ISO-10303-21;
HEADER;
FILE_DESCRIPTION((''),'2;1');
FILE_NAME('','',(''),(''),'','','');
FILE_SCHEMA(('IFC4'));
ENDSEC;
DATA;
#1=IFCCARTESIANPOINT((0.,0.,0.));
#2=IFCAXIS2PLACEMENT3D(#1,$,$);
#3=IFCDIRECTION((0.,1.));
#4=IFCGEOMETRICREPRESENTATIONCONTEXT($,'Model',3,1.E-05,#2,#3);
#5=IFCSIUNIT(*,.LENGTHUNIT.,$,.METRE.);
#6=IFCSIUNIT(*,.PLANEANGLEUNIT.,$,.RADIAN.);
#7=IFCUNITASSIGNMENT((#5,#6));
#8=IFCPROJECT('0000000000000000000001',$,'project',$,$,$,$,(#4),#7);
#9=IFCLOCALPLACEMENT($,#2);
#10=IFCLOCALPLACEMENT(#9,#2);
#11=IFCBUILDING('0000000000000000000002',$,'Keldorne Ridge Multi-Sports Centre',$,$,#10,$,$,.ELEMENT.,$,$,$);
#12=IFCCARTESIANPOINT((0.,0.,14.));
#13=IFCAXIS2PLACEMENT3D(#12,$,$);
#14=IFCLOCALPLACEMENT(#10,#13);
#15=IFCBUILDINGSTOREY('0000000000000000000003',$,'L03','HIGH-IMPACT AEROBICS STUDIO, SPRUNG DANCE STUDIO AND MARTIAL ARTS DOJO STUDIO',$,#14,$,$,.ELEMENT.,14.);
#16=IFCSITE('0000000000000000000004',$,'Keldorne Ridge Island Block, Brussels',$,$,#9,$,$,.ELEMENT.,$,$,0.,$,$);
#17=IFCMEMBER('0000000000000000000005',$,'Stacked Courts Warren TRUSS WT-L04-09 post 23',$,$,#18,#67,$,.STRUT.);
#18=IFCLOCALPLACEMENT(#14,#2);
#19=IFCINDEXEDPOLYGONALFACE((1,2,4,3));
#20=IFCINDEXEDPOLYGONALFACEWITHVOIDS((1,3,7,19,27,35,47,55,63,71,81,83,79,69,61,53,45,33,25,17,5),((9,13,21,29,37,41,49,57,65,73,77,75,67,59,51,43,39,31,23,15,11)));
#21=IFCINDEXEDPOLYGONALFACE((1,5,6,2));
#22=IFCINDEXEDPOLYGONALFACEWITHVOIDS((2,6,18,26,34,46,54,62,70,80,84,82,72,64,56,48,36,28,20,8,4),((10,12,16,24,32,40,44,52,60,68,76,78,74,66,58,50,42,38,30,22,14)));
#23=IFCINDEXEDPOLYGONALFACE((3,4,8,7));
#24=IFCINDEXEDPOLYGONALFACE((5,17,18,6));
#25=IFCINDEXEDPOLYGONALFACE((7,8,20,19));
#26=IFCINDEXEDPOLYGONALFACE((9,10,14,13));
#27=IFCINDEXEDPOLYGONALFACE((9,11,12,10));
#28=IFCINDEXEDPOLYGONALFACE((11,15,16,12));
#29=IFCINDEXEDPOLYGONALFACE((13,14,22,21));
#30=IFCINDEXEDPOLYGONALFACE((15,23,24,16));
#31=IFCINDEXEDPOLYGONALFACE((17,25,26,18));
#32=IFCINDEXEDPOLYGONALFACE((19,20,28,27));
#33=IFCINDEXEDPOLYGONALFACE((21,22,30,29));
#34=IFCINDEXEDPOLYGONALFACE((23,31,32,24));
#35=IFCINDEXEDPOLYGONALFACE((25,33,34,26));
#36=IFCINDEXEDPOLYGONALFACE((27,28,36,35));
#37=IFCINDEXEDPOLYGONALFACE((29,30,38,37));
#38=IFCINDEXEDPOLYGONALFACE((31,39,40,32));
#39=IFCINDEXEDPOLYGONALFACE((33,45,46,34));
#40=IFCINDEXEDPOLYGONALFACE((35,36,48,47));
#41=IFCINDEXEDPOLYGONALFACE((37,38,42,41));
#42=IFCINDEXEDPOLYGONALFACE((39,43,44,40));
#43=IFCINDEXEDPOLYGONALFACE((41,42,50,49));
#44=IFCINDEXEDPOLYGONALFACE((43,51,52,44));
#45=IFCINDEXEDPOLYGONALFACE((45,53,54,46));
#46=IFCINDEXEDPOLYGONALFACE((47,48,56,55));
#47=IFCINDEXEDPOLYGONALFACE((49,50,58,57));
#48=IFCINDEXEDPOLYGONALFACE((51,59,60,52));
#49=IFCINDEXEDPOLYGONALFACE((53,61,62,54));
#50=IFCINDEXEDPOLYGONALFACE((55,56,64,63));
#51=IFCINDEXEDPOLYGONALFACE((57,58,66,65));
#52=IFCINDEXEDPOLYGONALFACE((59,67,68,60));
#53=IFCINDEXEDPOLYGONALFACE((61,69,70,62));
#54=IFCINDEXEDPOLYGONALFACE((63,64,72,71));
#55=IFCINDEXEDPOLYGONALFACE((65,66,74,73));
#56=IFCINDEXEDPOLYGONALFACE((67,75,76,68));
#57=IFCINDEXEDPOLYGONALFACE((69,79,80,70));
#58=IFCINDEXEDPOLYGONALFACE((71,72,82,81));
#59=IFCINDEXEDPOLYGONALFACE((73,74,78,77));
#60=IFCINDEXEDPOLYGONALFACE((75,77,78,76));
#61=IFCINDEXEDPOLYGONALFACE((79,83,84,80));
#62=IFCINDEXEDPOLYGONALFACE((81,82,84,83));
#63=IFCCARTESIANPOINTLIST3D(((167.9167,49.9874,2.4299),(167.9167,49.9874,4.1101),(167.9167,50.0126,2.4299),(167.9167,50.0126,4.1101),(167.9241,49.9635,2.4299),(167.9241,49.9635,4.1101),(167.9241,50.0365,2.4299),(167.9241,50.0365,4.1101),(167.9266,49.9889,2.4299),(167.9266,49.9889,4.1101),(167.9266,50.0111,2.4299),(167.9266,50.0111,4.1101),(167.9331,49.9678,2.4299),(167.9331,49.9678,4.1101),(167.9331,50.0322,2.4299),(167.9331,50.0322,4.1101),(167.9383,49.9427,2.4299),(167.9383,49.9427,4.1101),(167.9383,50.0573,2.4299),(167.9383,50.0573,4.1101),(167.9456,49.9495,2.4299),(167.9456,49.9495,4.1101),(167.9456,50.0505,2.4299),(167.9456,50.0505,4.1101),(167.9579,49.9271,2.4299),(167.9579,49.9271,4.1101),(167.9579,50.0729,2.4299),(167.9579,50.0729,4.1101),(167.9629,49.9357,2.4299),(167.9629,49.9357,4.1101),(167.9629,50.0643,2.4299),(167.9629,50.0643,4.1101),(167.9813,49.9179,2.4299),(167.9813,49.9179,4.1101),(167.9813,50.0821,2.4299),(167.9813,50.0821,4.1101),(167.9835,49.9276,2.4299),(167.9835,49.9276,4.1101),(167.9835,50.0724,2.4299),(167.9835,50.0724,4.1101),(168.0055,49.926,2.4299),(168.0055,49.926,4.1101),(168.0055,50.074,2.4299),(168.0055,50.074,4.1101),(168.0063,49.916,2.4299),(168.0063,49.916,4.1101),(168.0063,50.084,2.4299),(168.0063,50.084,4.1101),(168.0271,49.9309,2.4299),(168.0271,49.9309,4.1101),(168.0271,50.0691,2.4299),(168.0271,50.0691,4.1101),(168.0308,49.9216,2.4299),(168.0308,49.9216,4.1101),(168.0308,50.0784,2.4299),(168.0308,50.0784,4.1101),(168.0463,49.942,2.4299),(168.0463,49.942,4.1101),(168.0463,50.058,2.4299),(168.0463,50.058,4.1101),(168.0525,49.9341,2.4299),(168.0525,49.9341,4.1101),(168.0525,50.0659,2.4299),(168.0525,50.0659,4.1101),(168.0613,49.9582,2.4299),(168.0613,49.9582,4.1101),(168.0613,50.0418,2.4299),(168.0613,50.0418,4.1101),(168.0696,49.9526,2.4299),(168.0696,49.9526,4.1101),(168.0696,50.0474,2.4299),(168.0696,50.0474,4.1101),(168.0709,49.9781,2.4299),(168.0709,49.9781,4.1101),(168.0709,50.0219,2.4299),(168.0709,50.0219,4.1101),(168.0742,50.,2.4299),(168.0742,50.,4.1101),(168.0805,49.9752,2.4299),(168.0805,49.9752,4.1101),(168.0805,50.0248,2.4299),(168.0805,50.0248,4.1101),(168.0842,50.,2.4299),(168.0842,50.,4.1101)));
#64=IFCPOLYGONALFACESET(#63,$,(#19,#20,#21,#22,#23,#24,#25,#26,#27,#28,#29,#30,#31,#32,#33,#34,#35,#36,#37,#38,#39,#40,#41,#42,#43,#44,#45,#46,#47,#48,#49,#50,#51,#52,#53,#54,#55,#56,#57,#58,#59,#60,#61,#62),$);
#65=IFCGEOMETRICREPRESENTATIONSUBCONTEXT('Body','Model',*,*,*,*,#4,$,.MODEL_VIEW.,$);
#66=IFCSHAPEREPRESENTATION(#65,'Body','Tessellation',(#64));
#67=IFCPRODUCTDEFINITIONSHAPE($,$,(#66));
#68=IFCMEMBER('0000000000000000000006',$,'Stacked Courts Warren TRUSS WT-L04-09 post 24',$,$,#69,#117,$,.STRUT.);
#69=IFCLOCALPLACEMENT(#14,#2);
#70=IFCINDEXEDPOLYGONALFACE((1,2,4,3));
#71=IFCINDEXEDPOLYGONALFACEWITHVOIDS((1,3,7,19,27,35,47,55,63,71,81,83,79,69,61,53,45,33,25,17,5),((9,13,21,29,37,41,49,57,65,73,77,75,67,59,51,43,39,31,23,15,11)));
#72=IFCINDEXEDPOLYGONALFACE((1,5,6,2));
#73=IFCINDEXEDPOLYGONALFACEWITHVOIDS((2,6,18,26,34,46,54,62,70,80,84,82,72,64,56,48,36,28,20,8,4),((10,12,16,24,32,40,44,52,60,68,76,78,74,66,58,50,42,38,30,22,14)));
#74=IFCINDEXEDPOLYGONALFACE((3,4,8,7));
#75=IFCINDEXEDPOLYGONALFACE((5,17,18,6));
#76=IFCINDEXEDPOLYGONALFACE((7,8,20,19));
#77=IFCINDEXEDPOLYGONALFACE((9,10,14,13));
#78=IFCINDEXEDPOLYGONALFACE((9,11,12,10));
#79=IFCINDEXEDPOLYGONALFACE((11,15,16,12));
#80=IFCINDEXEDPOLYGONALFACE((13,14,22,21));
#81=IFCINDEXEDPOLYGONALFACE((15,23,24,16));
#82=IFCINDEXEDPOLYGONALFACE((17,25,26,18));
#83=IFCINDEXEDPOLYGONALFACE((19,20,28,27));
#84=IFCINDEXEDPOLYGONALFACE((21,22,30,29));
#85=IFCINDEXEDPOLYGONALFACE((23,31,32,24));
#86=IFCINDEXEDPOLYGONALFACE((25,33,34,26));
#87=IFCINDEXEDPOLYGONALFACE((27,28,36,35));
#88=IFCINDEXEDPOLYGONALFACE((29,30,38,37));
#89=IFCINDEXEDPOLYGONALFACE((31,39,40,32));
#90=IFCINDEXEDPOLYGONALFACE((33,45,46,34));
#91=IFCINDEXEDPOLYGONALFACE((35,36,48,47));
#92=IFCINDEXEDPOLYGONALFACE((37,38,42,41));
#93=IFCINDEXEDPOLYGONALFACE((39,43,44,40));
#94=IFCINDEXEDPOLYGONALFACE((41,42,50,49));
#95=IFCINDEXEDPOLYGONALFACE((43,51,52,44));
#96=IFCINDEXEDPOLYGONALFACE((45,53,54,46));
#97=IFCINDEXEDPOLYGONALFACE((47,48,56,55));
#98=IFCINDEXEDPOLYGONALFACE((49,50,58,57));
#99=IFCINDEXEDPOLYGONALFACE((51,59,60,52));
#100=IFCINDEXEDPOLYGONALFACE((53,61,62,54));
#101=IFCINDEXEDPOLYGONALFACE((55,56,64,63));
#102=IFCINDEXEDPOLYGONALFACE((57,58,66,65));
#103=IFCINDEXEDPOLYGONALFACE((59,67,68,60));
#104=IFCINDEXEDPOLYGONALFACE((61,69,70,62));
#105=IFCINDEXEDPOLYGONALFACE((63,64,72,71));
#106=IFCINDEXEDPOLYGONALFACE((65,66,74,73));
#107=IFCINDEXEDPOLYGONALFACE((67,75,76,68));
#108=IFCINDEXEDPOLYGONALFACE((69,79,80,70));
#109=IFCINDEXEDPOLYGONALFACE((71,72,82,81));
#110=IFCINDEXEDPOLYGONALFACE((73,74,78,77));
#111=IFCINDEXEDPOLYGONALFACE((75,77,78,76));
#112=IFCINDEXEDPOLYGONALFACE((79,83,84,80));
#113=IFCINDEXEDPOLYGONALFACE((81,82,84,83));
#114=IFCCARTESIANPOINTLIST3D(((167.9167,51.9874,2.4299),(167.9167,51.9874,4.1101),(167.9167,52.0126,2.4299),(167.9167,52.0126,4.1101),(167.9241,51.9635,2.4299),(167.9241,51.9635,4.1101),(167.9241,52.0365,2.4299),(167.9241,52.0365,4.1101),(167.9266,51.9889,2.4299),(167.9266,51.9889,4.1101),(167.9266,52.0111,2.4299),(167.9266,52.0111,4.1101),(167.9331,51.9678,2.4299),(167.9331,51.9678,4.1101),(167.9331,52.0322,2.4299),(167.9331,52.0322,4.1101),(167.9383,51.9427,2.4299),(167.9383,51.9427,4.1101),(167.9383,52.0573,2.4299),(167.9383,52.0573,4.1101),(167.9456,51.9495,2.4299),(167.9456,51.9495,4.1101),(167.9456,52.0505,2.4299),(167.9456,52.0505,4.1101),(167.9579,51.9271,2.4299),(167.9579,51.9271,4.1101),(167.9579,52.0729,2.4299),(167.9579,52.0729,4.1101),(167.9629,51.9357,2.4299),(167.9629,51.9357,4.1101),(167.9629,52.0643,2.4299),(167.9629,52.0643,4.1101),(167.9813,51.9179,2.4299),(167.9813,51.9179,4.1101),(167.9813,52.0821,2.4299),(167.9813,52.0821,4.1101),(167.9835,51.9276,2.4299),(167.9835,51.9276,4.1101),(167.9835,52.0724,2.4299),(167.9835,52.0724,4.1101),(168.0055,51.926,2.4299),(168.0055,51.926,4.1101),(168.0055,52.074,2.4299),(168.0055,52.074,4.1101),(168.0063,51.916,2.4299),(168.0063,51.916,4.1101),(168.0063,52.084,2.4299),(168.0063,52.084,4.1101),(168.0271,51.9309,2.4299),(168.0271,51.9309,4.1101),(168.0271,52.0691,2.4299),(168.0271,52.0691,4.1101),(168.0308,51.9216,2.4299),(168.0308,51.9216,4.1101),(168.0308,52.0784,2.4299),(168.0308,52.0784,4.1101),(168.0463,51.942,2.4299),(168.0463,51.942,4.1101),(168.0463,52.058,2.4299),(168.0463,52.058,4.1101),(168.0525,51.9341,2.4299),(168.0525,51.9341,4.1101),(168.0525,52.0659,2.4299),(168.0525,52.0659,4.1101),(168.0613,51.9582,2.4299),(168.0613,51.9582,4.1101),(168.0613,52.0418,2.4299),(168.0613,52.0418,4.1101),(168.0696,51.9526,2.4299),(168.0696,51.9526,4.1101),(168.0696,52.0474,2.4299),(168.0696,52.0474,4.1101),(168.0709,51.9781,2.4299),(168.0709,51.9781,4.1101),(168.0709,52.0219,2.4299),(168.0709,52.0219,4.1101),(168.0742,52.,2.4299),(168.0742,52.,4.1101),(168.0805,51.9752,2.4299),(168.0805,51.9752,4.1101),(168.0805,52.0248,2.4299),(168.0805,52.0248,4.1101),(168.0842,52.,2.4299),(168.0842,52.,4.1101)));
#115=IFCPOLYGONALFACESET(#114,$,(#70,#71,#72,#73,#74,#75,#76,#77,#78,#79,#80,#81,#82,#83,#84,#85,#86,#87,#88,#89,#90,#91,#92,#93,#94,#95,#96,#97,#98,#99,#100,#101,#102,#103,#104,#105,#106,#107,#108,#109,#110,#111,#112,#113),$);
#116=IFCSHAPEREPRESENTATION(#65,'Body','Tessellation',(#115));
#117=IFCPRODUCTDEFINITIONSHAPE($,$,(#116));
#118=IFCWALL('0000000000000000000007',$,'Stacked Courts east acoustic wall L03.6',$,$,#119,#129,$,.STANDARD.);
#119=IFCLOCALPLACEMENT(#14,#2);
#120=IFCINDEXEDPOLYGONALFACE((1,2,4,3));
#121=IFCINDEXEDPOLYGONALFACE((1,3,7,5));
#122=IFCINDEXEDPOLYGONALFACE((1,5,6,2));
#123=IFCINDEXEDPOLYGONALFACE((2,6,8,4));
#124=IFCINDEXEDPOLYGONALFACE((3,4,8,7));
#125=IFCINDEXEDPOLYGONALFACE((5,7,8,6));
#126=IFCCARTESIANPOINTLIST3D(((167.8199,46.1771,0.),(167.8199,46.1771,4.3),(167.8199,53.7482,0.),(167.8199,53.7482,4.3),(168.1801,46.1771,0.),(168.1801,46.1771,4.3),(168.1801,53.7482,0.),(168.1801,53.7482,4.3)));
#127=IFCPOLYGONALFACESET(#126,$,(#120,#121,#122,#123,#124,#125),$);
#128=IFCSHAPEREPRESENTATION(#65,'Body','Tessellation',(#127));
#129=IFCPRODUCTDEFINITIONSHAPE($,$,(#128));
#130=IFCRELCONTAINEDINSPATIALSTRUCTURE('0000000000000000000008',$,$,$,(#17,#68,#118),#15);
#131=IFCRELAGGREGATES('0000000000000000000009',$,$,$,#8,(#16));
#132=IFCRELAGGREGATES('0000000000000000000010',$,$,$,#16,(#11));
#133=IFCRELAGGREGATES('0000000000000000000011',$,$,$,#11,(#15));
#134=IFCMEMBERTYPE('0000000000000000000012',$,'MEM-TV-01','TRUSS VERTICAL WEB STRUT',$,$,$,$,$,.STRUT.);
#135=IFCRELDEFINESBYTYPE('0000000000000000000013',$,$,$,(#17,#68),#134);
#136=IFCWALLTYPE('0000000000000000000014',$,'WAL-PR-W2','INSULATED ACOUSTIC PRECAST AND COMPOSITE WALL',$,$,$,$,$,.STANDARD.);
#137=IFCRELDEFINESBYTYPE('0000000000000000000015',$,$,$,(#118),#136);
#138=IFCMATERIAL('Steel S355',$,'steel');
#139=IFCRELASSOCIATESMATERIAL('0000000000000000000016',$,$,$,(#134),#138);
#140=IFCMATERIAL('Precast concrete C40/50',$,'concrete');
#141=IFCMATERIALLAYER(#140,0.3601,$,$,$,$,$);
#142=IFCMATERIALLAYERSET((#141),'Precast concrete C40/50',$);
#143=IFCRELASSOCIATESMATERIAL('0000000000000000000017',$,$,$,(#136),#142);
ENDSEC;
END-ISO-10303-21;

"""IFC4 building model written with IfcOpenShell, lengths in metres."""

from ifc_helpers import new_model, si_unit, direction, frame, frame_2d, origin, origin_2d, place, context, subcontext, project, spatial, rectangle, hollow_circle, extrude, material, layer, layer_set, material_profile, profile_set, type_object, element, save


model = new_model("IFC4")

# Units and contexts
model_context = context("Model", 3, precision=1e-05, world=origin(), true_north=direction((0.0, 1.0)))
body_context = subcontext(model_context, "Body", "Model", "MODEL_VIEW")
ifc_project = project(units=[si_unit("LENGTHUNIT", "METRE"), si_unit("PLANEANGLEUNIT", "RADIAN")], contexts=[model_context])

# Site, building, storey
site_placement = place(None, origin())
site = spatial("IfcSite", under=ifc_project, at=site_placement, Name="Keldorne Ridge Island Block, Brussels", CompositionType="ELEMENT", RefElevation=0.0)
building_placement = place(site_placement, origin())
building = spatial("IfcBuilding", under=site, at=building_placement, Name="Keldorne Ridge Multi-Sports Centre", CompositionType="ELEMENT")
storey_placement = place(building_placement, frame((0.0, 0.0, 14.0)))
storey = spatial("IfcBuildingStorey", under=building, at=storey_placement, Name="L03", Description="HIGH-IMPACT AEROBICS STUDIO, SPRUNG DANCE STUDIO AND MARTIAL ARTS DOJO STUDIO", CompositionType="ELEMENT", Elevation=14.0)

# Shared definitions
ifc_material_1 = material(Name="Steel S355", Category="steel")

# Members
ifc_material_profile_1 = material_profile(ifc_material_1, hollow_circle(Radius=0.0842, WallThickness=0.01, at=origin_2d()), Name="CHS 168.3x10")
ifc_profile_set_1 = profile_set([ifc_material_profile_1], Name="Steel S355")
member_type_1 = type_object("IfcMemberType", Name="MEM-TV-01", Description="TRUSS VERTICAL WEB STRUT", PredefinedType="STRUT", material=ifc_profile_set_1)
for number, where, z_axis, x_axis, name in (
    (1, (168.0, 50.0, 2.4299), (0.0, 0.0, 1.0), (1.0, 0.0, 0.0), "Stacked Courts Warren TRUSS WT-L04-09 post 23"),
    (2, (168.0, 52.0, 2.4299), (0.0, 0.0, 1.0), (1.0, 0.0, 0.0), "Stacked Courts Warren TRUSS WT-L04-09 post 24"),
):
    element("IfcMember", number, at=place(storey_placement, frame(where, z_axis=z_axis, x_axis=x_axis)), inside=storey, type_object=member_type_1, Name=name, PredefinedType="STRUT", context=body_context, shape_type="SweptSolid", body=[
        extrude(hollow_circle(Radius=0.0842, WallThickness=0.01, at=origin_2d()), origin(), (0.0, 0.0, 1.0), 1.6802),
    ])

# Wall
ifc_material_2 = material(Name="Precast concrete C40/50", Category="concrete")
ifc_layer = layer(ifc_material_2, 0.3601)
ifc_layer_set = layer_set([ifc_layer], Name="Precast concrete C40/50")
wall_type = type_object("IfcWallType", Name="WAL-PR-W2", Description="INSULATED ACOUSTIC PRECAST AND COMPOSITE WALL", PredefinedType="STANDARD", material=ifc_layer_set)
wall_placement = place(storey_placement, frame((168.0, 46.177, 0.0), z_axis=(0.0, 0.0, 1.0), x_axis=(0.0, 1.0, 0.0)))
element("IfcWall", 3, at=wall_placement, inside=storey, type_object=wall_type, Name="Stacked Courts east acoustic wall L03.6", PredefinedType="STANDARD", context=body_context, shape_type="SweptSolid", body=[
    extrude(rectangle(XDim=7.571, YDim=0.3601, at=frame_2d((3.7856, 0.0))), origin(), (0.0, 0.0, 1.0), 4.3),
])

save(model, "model.ifc")
